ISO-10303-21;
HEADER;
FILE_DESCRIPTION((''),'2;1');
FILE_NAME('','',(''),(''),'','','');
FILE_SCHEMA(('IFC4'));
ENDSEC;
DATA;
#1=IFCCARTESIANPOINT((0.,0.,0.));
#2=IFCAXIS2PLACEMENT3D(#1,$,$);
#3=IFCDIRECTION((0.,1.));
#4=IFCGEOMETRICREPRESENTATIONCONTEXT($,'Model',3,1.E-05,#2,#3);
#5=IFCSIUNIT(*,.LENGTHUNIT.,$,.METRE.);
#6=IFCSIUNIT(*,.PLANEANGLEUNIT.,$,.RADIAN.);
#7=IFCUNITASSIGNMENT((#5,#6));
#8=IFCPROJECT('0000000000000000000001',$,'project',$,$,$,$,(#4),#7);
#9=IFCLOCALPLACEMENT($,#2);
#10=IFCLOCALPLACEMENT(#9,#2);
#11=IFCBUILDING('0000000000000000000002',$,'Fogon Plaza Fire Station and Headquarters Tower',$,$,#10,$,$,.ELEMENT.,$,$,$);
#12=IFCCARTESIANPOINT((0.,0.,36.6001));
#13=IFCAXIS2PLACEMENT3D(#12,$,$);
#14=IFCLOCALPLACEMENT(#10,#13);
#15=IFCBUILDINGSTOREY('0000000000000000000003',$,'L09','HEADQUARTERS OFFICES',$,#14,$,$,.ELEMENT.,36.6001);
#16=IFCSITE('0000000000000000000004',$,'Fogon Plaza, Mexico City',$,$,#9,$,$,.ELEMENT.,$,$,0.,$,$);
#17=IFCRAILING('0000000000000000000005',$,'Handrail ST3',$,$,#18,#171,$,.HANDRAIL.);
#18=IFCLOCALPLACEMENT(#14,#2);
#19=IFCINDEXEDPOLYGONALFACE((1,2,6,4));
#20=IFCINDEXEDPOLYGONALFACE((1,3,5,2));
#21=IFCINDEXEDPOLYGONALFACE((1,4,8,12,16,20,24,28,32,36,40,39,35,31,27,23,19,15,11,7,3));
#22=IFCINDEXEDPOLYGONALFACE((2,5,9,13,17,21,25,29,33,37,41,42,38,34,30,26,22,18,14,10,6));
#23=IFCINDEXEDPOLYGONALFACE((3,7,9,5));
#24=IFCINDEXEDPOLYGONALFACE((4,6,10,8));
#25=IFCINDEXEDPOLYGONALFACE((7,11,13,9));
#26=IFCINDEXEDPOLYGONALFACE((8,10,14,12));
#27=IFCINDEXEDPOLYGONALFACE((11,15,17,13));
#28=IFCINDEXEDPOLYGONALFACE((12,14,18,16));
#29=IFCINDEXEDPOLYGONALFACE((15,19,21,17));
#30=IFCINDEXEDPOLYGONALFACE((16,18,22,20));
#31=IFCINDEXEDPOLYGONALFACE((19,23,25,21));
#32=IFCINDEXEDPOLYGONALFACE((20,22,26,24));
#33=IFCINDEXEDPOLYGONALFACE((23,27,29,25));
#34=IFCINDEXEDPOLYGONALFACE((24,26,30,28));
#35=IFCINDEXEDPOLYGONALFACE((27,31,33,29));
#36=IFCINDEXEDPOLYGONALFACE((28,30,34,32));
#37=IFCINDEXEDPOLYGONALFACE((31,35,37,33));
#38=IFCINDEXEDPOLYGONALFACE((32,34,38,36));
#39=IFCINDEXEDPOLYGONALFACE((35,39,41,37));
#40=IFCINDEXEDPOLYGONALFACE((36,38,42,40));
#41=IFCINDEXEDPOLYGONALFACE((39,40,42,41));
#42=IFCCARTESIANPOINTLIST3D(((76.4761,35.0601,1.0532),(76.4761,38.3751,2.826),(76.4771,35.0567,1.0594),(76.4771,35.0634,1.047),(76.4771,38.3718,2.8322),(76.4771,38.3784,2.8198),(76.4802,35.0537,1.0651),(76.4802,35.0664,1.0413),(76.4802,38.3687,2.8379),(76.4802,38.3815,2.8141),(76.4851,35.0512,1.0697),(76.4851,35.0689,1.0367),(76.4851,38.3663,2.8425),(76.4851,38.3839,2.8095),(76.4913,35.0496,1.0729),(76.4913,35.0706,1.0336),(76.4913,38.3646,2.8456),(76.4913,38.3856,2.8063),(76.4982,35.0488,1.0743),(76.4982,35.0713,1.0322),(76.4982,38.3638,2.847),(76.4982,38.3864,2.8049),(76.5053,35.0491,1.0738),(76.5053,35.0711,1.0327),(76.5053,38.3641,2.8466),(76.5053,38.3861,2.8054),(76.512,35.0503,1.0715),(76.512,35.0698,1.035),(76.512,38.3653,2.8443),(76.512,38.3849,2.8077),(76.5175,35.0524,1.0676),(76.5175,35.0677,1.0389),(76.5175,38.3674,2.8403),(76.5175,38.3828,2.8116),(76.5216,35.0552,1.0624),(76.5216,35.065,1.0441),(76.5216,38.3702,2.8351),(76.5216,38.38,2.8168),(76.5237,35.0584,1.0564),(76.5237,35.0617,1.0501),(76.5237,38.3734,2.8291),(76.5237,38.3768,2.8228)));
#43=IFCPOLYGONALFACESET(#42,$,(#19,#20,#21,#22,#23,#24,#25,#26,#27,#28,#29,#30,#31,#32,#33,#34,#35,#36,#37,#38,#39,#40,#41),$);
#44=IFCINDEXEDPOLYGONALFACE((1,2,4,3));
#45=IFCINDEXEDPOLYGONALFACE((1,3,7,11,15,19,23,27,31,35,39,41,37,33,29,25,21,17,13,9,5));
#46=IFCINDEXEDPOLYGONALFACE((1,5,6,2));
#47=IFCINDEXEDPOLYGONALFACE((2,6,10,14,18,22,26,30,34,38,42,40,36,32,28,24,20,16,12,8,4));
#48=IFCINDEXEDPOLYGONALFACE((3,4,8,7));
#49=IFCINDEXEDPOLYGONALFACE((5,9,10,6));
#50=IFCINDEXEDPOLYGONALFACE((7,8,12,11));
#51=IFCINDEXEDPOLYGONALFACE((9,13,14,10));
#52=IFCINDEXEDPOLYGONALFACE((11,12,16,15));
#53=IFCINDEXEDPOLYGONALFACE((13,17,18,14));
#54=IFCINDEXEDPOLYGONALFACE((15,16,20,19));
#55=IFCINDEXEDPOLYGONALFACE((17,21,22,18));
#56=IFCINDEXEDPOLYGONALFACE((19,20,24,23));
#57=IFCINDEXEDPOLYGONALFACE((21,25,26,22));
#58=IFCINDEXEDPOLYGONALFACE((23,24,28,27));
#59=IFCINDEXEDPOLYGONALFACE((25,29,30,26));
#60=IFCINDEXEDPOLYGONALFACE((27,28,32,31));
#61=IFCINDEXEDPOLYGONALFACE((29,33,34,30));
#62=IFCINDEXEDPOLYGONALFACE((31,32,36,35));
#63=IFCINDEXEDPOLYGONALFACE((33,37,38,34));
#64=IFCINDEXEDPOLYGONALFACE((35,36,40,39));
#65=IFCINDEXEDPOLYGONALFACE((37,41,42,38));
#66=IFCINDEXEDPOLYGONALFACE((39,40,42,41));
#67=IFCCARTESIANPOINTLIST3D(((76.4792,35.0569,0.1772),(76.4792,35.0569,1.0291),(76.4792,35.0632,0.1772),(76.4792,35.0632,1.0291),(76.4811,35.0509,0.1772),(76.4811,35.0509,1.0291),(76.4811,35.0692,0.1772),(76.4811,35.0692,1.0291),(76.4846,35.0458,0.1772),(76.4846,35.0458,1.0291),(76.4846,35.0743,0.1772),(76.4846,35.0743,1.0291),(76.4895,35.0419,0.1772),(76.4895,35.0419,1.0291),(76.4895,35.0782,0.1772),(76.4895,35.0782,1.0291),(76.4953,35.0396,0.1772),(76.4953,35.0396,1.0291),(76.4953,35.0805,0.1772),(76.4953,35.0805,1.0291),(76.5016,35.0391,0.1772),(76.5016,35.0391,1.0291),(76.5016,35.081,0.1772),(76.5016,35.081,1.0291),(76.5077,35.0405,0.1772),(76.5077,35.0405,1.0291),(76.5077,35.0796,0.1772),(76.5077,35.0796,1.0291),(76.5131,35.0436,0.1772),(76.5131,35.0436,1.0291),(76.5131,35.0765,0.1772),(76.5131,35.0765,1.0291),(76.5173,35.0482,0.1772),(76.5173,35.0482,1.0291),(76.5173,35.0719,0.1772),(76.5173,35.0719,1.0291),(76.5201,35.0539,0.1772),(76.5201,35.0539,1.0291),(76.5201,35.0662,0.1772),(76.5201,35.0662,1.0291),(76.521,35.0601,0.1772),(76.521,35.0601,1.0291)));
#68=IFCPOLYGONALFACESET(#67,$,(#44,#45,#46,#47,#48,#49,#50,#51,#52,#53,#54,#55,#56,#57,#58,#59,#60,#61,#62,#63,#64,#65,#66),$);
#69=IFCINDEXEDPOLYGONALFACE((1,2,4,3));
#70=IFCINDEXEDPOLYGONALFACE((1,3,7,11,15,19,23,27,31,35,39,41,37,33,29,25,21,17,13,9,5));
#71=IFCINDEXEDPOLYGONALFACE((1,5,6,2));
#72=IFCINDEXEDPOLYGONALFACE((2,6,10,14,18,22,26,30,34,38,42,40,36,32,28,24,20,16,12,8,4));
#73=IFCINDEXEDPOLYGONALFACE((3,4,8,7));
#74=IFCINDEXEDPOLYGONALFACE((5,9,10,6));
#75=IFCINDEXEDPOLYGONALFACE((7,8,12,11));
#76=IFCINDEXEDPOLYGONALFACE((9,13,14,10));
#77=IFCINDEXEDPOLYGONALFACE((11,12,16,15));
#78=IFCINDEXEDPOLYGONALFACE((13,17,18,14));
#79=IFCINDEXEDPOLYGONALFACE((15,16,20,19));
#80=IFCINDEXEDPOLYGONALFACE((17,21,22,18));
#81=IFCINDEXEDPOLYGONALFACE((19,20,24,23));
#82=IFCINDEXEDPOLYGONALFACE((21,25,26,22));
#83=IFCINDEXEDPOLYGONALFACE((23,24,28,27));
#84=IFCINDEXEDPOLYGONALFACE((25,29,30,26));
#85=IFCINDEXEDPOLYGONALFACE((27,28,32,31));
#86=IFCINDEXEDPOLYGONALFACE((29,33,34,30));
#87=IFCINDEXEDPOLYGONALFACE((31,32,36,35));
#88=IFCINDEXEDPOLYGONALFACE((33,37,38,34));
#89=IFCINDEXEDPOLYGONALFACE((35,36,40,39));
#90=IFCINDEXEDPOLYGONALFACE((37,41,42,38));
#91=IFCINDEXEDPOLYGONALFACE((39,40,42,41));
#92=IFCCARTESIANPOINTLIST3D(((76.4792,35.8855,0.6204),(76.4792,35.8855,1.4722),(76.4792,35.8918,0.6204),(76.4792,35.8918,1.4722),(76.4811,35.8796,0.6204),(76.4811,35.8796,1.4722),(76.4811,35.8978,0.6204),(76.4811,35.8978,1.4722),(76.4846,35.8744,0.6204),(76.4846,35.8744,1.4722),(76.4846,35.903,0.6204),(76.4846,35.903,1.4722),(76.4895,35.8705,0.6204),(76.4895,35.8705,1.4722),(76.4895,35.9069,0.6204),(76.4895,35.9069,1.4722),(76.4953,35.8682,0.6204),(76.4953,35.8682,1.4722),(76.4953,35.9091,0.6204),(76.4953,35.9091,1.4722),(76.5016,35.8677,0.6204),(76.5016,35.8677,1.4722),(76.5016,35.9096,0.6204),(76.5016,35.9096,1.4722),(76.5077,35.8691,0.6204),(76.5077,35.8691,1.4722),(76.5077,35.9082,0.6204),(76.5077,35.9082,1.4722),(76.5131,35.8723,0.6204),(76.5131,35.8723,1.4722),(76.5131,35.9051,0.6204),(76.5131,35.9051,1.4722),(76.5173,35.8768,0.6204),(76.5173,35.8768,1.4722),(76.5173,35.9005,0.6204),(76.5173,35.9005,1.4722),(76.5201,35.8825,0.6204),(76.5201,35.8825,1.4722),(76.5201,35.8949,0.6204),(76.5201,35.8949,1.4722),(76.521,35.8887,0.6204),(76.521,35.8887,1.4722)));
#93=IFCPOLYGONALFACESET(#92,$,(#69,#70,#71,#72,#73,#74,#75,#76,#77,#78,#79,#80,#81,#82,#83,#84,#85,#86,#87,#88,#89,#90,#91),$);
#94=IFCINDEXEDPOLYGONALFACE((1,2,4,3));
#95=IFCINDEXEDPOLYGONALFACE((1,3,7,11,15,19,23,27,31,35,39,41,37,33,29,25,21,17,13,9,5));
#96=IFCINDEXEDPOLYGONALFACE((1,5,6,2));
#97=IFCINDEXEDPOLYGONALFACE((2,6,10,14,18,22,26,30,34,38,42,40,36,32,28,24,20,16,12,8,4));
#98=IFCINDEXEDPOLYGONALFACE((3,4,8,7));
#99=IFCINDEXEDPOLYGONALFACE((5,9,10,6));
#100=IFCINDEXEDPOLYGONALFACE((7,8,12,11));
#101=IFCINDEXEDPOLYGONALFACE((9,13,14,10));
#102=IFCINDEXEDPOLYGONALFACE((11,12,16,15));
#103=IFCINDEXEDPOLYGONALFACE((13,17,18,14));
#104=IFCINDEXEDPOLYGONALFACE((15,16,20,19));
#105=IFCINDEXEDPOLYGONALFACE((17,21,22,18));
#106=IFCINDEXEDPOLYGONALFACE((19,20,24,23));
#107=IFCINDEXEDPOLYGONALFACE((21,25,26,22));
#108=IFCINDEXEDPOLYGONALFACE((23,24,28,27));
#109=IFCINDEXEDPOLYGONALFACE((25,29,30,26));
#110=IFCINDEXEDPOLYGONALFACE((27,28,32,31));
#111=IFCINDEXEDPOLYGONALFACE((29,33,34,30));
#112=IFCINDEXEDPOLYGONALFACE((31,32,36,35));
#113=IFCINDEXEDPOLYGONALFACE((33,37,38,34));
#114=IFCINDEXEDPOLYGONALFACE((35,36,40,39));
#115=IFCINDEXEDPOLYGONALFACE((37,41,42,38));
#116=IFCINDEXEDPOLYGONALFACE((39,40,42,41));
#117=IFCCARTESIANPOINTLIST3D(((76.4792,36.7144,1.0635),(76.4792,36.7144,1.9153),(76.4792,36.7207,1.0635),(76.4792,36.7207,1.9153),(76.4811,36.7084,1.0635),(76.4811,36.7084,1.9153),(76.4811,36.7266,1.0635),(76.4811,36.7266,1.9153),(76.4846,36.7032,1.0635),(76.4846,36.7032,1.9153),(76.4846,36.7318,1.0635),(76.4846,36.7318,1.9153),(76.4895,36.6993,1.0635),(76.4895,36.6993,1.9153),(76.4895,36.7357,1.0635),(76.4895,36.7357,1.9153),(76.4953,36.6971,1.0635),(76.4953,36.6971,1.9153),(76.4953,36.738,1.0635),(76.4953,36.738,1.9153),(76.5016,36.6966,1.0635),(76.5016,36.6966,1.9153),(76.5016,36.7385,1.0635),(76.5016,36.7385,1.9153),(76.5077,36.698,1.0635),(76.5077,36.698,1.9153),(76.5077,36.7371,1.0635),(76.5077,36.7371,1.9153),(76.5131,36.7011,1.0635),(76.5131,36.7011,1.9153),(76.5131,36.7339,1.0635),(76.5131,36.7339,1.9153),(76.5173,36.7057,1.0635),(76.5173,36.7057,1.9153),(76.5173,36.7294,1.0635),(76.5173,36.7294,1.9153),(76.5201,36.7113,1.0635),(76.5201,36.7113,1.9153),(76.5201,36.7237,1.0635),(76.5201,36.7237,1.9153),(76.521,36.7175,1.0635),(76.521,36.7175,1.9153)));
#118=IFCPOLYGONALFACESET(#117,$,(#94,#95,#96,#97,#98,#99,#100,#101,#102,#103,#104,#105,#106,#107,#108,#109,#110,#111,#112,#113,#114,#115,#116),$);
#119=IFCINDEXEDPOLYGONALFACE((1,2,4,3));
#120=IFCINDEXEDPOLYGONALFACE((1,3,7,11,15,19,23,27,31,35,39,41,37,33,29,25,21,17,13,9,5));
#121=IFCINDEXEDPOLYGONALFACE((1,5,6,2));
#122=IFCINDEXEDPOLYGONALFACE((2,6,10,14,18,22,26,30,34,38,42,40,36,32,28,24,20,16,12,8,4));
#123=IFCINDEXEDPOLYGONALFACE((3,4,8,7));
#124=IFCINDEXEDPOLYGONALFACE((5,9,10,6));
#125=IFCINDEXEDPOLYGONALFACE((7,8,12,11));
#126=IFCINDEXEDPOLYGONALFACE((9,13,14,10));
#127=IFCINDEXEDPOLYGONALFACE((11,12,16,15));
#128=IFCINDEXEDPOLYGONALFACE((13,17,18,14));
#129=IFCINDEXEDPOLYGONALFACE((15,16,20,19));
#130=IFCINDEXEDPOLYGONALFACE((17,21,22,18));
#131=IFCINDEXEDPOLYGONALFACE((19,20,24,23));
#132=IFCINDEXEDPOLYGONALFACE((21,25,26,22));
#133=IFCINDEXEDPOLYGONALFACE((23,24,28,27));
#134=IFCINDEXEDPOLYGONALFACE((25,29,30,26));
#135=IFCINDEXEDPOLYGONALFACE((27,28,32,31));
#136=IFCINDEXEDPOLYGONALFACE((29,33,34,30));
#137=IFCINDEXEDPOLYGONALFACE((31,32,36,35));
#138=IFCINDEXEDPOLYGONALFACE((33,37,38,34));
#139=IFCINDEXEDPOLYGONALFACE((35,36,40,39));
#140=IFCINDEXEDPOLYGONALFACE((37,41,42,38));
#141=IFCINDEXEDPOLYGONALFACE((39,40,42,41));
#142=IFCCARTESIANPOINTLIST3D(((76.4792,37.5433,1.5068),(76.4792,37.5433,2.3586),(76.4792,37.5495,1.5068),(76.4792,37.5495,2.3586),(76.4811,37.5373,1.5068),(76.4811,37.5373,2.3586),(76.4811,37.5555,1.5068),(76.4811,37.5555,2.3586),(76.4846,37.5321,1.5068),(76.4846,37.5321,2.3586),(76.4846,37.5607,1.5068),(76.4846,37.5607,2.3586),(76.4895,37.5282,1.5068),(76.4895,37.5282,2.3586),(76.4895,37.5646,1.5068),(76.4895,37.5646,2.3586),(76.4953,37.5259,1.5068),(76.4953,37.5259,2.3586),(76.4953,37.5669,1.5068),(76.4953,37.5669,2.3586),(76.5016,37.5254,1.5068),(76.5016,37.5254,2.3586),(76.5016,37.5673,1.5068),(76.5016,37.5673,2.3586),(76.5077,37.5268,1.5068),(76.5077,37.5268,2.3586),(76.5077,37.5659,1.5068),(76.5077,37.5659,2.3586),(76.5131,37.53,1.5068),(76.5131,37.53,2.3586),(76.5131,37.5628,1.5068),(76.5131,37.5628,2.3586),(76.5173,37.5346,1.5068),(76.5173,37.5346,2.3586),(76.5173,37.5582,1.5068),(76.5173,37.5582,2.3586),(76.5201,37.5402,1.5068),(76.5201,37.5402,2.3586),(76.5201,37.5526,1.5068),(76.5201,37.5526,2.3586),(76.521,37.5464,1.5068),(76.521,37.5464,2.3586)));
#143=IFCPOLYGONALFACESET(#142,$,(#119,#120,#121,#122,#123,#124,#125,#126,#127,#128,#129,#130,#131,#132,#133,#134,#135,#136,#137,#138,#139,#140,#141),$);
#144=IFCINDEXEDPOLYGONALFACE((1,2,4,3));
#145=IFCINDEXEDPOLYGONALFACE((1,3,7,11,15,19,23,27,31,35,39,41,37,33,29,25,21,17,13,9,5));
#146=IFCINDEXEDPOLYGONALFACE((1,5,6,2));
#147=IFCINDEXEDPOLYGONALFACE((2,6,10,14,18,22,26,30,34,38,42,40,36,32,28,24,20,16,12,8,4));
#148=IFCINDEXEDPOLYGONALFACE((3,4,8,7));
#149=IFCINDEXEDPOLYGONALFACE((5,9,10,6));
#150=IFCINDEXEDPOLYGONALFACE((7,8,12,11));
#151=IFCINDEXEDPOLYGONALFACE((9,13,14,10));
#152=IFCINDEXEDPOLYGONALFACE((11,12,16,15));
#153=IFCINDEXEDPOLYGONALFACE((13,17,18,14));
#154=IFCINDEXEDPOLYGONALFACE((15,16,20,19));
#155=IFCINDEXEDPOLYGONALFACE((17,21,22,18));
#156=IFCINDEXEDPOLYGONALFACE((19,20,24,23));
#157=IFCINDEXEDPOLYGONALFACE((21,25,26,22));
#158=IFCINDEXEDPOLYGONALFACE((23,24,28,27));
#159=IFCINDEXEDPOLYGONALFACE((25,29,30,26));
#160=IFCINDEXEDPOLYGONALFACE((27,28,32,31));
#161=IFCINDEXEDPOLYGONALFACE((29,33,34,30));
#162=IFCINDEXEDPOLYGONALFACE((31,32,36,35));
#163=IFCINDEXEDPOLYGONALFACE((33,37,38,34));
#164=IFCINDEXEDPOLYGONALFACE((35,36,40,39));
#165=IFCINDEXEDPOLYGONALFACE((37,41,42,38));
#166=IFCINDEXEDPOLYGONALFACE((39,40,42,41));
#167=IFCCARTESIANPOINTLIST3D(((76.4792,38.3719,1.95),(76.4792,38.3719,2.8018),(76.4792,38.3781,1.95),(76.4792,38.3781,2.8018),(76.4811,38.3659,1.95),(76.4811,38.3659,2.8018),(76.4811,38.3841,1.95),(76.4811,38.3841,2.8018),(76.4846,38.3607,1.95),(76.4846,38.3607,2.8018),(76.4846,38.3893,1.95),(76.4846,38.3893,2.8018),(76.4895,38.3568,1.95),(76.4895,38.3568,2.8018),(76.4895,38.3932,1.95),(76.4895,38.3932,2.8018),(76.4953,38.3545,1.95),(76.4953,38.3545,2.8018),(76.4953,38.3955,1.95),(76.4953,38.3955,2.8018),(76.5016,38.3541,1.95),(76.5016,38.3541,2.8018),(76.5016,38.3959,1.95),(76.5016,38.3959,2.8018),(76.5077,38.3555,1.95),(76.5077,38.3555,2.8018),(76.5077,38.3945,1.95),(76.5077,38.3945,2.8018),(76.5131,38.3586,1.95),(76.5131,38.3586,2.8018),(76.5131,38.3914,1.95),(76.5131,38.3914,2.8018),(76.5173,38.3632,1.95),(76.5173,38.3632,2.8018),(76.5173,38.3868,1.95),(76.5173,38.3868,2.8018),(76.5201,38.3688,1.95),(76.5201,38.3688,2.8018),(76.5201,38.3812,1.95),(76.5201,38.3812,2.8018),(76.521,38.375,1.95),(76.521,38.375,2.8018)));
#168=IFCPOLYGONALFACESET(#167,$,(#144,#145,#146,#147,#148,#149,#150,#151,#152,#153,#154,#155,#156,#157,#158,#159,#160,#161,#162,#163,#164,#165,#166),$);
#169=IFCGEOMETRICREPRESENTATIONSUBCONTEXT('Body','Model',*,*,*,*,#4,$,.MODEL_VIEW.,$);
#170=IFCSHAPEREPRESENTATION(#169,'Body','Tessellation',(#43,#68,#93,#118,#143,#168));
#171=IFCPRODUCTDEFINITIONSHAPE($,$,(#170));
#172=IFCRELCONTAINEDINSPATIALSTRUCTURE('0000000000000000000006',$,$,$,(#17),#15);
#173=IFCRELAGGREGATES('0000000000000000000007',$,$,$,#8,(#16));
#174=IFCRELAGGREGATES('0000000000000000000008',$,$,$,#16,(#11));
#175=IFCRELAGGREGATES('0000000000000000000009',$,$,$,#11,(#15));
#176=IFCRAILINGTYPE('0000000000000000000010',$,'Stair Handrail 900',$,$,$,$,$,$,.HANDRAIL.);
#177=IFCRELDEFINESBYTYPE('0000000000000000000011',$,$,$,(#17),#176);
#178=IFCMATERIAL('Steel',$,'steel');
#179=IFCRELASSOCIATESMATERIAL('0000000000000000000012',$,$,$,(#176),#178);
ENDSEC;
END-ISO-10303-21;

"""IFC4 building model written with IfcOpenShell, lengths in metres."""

from ifc_helpers import new_model, si_unit, direction, frame, origin, origin_2d, place, context, subcontext, project, spatial, circle, extrude, material, type_object, element, save


model = new_model("IFC4")

# Units and contexts
model_context = context("Model", 3, precision=1e-05, world=origin(), true_north=direction((0.0, 1.0)))
body_context = subcontext(model_context, "Body", "Model", "MODEL_VIEW")
ifc_project = project(units=[si_unit("LENGTHUNIT", "METRE"), si_unit("PLANEANGLEUNIT", "RADIAN")], contexts=[model_context])

# Site, building, storey
site_placement = place(None, origin())
site = spatial("IfcSite", under=ifc_project, at=site_placement, Name="Fogon Plaza, Mexico City", CompositionType="ELEMENT", RefElevation=0.0)
building_placement = place(site_placement, origin())
building = spatial("IfcBuilding", under=site, at=building_placement, Name="Fogon Plaza Fire Station and Headquarters Tower", CompositionType="ELEMENT")
storey_placement = place(building_placement, frame((0.0, 0.0, 36.6001)))
storey = spatial("IfcBuildingStorey", under=building, at=storey_placement, Name="L09", Description="HEADQUARTERS OFFICES", CompositionType="ELEMENT", Elevation=36.6001)

# Railing
ifc_material_1 = material(Name="Steel", Category="steel")
railing_type = type_object("IfcRailingType", Name="Stair Handrail 900", PredefinedType="HANDRAIL", material=ifc_material_1)
for number, where, name in (
    (1, (76.5, 35.0601, 0.1772), "Handrail ST3"),
):
    element("IfcRailing", number, at=place(storey_placement, frame(where)), inside=storey, type_object=railing_type, Name=name, PredefinedType="HANDRAIL", context=body_context, shape_type="SweptSolid", body=[
        extrude(circle(Radius=0.0239, at=origin_2d()), frame((0.0, 0.0, 0.876), z_axis=(0.0, 0.881829, 0.471569), x_axis=(-1.0, 0.0, 0.0)), (0.0, 0.0, 1.0), 3.7593),
        extrude(circle(Radius=0.021, at=origin_2d()), origin(), (0.0, 0.0, 1.0), 0.8518),
        extrude(circle(Radius=0.021, at=origin_2d()), frame((0.0, 0.8286, 0.4431)), (0.0, 0.0, 1.0), 0.8518),
        extrude(circle(Radius=0.021, at=origin_2d()), frame((0.0, 1.6575, 0.8862)), (0.0, 0.0, 1.0), 0.8518),
        extrude(circle(Radius=0.021, at=origin_2d()), frame((0.0, 2.4863, 1.3296)), (0.0, 0.0, 1.0), 0.8518),
        extrude(circle(Radius=0.021, at=origin_2d()), frame((0.0, 3.3149, 1.7727)), (0.0, 0.0, 1.0), 0.8518),
    ])

save(model, "model.ifc")
